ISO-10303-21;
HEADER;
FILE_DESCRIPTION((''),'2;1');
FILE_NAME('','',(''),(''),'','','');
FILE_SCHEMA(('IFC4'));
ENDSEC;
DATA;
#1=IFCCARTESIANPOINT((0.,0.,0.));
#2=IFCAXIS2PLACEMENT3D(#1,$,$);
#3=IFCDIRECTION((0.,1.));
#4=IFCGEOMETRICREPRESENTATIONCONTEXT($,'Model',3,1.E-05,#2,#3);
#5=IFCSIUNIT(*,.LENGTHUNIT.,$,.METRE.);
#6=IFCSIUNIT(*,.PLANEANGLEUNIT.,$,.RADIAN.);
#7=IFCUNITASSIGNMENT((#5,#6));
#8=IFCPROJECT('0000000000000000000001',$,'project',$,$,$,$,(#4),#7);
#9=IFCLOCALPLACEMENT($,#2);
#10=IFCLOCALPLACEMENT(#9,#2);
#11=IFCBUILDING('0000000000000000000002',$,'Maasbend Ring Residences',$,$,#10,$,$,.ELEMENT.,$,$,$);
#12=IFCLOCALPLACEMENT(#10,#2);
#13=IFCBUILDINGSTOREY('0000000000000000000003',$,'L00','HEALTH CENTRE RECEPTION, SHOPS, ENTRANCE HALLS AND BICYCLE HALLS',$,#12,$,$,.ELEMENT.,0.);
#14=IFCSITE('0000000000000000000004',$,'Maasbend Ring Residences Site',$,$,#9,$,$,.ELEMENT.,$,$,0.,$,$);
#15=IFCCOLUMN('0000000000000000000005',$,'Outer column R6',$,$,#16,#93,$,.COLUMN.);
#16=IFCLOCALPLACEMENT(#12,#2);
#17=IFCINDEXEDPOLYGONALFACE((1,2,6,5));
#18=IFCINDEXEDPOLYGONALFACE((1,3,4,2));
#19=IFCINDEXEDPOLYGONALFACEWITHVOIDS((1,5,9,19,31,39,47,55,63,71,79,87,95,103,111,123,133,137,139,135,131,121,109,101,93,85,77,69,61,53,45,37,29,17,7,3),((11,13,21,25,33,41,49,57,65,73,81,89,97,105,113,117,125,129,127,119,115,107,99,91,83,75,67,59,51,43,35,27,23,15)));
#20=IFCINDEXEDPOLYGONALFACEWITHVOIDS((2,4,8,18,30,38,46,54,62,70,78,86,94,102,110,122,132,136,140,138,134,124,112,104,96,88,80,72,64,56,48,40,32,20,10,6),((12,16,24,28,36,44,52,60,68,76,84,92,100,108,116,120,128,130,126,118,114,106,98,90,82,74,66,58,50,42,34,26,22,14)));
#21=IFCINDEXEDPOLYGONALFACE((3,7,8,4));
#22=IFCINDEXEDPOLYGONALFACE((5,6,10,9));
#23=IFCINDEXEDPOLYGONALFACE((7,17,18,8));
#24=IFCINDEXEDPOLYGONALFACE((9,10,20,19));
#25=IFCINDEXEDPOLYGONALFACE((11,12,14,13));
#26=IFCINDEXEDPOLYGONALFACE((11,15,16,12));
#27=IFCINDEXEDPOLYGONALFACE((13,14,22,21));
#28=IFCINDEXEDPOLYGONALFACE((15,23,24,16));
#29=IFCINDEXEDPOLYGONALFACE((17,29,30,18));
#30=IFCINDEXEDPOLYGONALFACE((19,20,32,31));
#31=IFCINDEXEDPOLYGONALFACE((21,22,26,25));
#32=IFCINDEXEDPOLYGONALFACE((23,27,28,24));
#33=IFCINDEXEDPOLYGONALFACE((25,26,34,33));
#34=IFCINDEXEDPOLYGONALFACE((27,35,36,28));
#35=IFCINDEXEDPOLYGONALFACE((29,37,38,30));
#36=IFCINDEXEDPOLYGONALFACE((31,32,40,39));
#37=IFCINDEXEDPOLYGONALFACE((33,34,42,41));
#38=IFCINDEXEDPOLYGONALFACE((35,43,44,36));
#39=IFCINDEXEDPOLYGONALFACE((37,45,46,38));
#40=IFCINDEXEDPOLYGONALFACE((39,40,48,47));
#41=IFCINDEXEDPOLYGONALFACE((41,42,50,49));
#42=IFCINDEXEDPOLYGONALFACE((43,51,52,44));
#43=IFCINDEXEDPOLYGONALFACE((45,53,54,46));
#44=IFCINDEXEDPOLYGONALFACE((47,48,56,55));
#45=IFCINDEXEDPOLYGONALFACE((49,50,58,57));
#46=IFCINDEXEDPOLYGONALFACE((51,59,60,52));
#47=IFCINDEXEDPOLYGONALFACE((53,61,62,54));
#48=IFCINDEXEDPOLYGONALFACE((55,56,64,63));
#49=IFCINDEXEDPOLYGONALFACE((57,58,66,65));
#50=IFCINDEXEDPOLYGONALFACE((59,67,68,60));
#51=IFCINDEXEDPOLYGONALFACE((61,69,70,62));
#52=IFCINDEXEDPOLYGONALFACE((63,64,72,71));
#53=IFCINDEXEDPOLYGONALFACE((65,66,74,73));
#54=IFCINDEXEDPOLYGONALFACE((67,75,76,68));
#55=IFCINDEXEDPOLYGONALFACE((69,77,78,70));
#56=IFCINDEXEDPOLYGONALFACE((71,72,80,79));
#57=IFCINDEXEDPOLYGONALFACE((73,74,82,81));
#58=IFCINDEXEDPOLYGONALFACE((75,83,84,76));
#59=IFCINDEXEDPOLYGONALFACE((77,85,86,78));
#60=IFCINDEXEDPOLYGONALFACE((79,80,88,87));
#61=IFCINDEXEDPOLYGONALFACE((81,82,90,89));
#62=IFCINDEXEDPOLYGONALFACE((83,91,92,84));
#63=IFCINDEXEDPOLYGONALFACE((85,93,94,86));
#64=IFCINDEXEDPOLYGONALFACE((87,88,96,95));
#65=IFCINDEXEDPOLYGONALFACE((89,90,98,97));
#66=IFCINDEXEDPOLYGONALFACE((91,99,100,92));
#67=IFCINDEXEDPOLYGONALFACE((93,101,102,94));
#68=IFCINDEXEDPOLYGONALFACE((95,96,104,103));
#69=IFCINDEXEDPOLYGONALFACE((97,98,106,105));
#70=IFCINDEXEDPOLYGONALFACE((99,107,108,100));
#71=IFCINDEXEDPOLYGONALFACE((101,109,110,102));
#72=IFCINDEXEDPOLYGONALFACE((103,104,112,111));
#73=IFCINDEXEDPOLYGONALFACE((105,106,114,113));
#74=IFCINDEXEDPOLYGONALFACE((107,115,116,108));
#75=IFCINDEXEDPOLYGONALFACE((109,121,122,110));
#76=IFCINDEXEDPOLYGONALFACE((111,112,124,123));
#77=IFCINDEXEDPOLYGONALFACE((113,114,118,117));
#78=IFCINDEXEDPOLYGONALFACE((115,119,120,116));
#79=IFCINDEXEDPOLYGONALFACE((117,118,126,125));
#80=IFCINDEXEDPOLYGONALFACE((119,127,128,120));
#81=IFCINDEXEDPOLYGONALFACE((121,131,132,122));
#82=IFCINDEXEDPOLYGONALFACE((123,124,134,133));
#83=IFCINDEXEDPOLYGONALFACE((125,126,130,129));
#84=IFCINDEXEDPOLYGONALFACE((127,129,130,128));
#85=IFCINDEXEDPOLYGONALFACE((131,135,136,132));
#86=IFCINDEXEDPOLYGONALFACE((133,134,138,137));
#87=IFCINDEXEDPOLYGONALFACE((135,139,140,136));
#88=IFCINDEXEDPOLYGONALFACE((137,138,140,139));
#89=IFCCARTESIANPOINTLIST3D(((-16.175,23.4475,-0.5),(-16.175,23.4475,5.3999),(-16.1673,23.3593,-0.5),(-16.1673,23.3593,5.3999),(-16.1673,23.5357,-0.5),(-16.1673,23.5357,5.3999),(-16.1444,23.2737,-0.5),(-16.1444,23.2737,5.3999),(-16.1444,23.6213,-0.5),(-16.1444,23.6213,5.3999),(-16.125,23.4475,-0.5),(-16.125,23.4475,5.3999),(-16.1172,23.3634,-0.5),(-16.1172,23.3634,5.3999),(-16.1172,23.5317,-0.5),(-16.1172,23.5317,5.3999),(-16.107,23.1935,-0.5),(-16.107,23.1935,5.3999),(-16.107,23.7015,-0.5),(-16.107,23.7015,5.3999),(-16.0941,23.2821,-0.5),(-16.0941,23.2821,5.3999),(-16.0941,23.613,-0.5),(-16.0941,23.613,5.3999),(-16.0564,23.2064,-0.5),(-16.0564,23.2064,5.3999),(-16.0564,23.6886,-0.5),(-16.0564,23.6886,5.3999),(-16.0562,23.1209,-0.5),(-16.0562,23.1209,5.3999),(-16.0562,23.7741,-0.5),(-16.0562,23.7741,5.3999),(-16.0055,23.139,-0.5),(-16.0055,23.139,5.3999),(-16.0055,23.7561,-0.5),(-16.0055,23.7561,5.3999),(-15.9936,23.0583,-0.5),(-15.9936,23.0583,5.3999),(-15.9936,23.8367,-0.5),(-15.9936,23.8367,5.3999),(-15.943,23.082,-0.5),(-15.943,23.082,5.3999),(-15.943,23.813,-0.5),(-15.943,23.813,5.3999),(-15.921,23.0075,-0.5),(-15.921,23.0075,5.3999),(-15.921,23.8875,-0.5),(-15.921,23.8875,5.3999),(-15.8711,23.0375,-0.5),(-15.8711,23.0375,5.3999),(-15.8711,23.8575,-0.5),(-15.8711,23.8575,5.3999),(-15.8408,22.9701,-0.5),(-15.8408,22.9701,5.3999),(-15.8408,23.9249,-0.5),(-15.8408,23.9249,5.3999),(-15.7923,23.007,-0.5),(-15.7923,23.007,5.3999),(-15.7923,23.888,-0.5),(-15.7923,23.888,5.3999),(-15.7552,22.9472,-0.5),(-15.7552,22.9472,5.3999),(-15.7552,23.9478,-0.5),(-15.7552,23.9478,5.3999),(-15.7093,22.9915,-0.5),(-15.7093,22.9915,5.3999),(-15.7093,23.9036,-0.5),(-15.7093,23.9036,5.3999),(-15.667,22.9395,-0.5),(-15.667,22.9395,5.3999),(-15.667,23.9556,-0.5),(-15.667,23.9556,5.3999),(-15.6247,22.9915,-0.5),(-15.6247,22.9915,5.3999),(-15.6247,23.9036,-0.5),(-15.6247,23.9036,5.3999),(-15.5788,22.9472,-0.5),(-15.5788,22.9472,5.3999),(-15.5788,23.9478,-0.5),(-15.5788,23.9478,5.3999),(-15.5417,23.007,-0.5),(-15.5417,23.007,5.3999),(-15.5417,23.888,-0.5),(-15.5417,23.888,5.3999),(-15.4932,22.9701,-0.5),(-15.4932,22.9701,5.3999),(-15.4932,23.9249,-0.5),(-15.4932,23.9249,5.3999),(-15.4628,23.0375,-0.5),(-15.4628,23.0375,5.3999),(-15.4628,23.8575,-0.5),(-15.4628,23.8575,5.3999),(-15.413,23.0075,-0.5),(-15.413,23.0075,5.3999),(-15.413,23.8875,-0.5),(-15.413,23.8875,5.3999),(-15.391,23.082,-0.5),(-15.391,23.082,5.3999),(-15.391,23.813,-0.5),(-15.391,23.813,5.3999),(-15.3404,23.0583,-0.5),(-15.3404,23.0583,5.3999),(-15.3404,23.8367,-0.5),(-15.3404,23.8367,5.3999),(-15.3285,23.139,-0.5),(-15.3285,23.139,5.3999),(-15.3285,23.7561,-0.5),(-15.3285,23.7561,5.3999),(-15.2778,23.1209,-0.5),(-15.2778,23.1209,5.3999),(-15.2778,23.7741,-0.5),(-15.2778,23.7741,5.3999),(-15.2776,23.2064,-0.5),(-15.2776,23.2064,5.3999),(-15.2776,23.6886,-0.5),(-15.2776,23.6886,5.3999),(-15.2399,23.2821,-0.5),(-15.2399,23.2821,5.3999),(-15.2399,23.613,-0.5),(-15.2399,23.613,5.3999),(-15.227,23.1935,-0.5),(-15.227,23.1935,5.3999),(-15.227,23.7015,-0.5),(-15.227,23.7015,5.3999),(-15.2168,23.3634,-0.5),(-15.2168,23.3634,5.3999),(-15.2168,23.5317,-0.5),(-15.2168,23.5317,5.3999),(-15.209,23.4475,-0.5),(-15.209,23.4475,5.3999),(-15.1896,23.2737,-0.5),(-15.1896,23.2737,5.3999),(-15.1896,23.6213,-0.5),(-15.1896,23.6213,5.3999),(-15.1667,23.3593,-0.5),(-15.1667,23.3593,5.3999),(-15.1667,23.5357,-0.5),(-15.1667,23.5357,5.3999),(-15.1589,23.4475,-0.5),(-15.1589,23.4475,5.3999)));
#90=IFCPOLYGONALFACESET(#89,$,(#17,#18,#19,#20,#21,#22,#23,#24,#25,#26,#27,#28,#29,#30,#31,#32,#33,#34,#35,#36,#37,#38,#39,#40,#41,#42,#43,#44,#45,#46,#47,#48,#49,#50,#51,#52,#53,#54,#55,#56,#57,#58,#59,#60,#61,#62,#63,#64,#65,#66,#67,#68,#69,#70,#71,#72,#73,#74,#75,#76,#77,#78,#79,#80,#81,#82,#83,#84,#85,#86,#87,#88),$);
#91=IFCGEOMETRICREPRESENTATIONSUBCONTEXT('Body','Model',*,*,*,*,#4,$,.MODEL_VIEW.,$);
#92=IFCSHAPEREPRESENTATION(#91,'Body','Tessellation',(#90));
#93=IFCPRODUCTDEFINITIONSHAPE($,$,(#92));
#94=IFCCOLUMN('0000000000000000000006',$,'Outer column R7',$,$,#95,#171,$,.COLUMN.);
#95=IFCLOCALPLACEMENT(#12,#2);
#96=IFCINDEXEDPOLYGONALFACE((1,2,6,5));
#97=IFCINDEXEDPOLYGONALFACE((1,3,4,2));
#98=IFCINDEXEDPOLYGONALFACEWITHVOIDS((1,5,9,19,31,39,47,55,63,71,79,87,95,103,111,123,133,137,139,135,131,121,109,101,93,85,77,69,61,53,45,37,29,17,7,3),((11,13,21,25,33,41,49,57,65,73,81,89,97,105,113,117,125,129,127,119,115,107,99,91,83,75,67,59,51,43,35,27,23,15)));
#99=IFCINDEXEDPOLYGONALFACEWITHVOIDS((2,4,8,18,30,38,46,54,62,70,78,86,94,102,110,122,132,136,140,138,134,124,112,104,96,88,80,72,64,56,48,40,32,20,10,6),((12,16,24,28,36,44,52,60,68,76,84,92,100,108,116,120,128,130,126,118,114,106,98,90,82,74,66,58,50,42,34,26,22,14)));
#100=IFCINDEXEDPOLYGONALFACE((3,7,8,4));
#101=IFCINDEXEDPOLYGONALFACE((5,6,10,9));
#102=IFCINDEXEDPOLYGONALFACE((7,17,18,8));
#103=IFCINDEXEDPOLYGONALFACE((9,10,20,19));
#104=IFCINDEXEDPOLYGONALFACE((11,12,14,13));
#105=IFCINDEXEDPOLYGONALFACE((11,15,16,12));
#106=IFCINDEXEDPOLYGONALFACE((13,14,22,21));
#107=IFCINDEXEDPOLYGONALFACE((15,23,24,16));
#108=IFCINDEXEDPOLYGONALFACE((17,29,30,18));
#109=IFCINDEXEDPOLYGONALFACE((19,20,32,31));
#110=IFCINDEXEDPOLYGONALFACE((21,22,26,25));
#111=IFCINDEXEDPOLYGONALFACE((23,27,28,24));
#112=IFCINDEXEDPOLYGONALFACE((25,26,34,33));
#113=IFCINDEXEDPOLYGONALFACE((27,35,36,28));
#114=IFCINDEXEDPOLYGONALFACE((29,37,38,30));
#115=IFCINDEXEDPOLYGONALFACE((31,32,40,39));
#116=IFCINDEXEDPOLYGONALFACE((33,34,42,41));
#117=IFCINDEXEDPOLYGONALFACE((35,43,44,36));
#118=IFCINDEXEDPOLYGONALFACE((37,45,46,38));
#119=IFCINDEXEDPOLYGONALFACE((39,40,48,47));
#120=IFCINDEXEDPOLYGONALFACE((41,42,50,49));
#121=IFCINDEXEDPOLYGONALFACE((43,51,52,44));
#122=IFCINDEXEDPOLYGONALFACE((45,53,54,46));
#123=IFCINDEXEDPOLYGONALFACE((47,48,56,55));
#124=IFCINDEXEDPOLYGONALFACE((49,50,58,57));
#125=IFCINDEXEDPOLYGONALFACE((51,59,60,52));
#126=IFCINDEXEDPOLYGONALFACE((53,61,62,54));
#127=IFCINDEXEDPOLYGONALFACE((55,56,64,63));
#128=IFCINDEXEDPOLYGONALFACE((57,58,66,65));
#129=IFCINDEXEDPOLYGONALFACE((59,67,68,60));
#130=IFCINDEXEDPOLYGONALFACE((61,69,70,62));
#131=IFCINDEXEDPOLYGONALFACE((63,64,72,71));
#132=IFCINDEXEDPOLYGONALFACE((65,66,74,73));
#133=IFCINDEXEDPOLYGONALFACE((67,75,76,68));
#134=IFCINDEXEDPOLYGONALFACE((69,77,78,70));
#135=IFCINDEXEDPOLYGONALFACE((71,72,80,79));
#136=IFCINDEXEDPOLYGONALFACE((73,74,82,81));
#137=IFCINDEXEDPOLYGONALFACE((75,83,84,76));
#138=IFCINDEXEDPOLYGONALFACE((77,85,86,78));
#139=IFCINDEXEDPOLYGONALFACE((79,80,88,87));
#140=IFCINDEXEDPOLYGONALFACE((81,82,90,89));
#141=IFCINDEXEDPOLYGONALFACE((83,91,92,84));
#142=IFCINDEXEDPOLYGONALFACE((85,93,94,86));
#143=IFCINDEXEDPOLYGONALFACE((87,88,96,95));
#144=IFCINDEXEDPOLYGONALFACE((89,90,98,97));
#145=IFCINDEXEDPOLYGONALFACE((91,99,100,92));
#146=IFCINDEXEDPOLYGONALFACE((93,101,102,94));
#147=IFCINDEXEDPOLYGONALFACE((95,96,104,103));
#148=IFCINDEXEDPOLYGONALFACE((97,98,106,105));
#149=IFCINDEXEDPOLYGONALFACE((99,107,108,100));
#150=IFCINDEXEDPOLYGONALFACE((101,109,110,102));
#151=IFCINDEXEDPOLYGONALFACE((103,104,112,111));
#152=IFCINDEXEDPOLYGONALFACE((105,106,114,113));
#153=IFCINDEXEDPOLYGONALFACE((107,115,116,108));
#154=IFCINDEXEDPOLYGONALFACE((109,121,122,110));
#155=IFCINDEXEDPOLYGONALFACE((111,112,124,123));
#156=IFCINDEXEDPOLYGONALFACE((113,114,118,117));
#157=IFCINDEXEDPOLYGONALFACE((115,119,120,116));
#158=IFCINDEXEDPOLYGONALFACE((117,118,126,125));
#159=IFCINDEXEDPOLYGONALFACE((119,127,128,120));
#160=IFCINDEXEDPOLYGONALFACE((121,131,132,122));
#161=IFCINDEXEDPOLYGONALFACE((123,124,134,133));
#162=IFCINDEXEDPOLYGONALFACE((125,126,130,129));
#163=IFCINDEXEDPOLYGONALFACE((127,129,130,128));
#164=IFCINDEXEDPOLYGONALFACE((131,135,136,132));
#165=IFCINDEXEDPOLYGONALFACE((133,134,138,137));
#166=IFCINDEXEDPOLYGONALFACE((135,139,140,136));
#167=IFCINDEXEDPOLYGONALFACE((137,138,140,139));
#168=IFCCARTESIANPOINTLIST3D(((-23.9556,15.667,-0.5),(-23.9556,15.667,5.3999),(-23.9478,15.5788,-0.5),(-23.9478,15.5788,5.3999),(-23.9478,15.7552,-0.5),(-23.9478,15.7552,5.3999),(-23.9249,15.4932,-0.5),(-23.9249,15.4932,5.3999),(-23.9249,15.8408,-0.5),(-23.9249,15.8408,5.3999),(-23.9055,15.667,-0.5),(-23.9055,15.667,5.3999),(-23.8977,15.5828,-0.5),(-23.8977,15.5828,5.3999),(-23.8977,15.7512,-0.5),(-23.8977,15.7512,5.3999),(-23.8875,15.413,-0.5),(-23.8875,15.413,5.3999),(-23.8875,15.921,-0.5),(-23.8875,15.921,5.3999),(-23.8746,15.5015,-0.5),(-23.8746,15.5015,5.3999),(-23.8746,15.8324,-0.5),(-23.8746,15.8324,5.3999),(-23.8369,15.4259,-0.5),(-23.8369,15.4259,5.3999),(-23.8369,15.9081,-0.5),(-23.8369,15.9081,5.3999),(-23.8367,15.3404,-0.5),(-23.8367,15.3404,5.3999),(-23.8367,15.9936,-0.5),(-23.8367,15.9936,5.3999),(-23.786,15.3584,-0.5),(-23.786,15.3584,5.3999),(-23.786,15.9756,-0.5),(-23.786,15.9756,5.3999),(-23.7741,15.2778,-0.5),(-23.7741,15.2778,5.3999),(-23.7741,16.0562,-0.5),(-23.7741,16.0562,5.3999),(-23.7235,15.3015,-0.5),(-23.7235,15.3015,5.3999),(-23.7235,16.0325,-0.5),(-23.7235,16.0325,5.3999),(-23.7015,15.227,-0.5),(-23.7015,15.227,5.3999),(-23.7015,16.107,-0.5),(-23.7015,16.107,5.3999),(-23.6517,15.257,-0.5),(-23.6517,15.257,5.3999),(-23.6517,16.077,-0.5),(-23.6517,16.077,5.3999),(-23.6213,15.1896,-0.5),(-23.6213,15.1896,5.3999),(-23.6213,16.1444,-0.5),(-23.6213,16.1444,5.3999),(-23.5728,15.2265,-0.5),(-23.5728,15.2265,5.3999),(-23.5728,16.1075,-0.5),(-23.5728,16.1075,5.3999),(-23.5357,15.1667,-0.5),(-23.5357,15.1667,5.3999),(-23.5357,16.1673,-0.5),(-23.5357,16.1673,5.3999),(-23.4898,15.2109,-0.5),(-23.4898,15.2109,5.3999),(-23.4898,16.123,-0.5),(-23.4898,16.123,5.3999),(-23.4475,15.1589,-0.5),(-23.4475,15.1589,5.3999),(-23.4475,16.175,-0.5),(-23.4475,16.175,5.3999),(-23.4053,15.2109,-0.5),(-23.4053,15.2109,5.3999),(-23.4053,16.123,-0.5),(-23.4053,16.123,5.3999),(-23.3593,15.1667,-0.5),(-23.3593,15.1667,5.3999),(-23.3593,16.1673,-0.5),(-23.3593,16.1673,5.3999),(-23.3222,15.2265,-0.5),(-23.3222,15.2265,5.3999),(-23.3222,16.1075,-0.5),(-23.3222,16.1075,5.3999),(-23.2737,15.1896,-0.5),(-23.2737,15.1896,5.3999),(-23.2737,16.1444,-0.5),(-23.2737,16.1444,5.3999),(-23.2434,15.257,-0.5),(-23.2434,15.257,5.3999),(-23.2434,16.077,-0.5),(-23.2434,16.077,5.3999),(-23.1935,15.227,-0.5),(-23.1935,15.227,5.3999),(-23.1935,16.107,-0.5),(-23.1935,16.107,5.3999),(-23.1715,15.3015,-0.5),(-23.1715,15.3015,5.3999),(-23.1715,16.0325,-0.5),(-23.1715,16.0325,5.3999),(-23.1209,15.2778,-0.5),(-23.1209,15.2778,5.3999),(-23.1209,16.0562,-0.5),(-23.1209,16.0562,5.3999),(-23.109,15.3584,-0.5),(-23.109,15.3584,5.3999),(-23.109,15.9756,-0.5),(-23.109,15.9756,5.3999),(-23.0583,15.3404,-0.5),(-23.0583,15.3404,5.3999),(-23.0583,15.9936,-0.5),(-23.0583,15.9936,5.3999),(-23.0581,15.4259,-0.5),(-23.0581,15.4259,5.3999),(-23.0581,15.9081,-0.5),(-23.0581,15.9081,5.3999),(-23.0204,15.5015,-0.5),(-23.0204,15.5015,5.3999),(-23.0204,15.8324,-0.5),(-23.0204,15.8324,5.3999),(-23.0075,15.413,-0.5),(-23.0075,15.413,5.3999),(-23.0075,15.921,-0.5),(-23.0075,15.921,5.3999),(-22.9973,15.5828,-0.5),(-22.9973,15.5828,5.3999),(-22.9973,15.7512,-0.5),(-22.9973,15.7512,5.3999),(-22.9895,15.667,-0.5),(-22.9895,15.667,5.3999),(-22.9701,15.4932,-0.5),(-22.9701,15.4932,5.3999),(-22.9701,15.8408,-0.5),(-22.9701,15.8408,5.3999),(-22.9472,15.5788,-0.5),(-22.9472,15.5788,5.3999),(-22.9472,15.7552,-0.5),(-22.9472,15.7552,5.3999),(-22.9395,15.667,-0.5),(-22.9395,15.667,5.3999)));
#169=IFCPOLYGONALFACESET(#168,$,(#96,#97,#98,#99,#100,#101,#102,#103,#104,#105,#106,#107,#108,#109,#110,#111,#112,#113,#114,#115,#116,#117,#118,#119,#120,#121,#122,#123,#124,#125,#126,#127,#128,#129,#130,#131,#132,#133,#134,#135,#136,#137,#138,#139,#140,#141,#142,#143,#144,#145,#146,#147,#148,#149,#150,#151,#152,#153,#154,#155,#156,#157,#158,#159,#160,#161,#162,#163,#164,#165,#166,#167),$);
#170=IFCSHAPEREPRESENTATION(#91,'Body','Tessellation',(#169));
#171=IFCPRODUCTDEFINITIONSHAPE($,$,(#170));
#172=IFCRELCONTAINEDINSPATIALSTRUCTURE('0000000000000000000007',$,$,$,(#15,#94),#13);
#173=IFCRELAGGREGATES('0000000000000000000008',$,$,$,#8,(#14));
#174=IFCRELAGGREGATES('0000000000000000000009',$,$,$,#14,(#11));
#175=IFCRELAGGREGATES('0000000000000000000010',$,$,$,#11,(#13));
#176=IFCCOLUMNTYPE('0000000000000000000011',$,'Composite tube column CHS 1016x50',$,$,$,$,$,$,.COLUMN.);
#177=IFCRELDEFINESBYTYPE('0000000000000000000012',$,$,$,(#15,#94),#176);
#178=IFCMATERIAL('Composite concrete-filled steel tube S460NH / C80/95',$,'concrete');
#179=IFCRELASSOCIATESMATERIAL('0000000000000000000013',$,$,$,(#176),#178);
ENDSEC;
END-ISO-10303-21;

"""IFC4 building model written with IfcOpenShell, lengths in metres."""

from ifc_helpers import new_model, si_unit, direction, frame, origin, origin_2d, place, context, subcontext, project, spatial, hollow_circle, extrude, material, material_profile, profile_set, type_object, element, save


model = new_model("IFC4")

# Units and contexts
model_context = context("Model", 3, precision=1e-05, world=origin(), true_north=direction((0.0, 1.0)))
body_context = subcontext(model_context, "Body", "Model", "MODEL_VIEW")
ifc_project = project(units=[si_unit("LENGTHUNIT", "METRE"), si_unit("PLANEANGLEUNIT", "RADIAN")], contexts=[model_context])

# Site, building, storey
site_placement = place(None, origin())
site = spatial("IfcSite", under=ifc_project, at=site_placement, Name="Maasbend Ring Residences Site", CompositionType="ELEMENT", RefElevation=0.0)
building_placement = place(site_placement, origin())
building = spatial("IfcBuilding", under=site, at=building_placement, Name="Maasbend Ring Residences", CompositionType="ELEMENT")
storey_placement = place(building_placement, origin())
storey = spatial("IfcBuildingStorey", under=building, at=storey_placement, Name="L00", Description="HEALTH CENTRE RECEPTION, SHOPS, ENTRANCE HALLS AND BICYCLE HALLS", CompositionType="ELEMENT", Elevation=0.0)

# Columns
ifc_material_1 = material(Name="Composite concrete-filled steel tube S460NH / C80/95", Category="concrete")
ifc_material_profile_1 = material_profile(ifc_material_1, hollow_circle(Radius=0.5081, WallThickness=0.05, at=origin_2d()), Name="Composite tube column CHS 1016x50")
ifc_profile_set_1 = profile_set([ifc_material_profile_1], Name="Composite concrete-filled steel tube S460NH / C80/95")
column_type_1 = type_object("IfcColumnType", Name="Composite tube column CHS 1016x50", PredefinedType="COLUMN", material=ifc_profile_set_1)
for number, where, z_axis, x_axis, name in (
    (1, (-15.667, 23.4475, -0.5), (0.0, 0.0, 1.0), (1.0, 0.0, 0.0), "Outer column R6"),
    (2, (-23.4475, 15.667, -0.5), (0.0, 0.0, 1.0), (1.0, 0.0, 0.0), "Outer column R7"),
):
    element("IfcColumn", number, at=place(storey_placement, frame(where, z_axis=z_axis, x_axis=x_axis)), inside=storey, type_object=column_type_1, Name=name, PredefinedType="COLUMN", context=body_context, shape_type="SweptSolid", body=[
        extrude(hollow_circle(Radius=0.5081, WallThickness=0.05, at=origin_2d()), origin(), (0.0, 0.0, 1.0), 5.8999),
    ])

save(model, "model.ifc")
